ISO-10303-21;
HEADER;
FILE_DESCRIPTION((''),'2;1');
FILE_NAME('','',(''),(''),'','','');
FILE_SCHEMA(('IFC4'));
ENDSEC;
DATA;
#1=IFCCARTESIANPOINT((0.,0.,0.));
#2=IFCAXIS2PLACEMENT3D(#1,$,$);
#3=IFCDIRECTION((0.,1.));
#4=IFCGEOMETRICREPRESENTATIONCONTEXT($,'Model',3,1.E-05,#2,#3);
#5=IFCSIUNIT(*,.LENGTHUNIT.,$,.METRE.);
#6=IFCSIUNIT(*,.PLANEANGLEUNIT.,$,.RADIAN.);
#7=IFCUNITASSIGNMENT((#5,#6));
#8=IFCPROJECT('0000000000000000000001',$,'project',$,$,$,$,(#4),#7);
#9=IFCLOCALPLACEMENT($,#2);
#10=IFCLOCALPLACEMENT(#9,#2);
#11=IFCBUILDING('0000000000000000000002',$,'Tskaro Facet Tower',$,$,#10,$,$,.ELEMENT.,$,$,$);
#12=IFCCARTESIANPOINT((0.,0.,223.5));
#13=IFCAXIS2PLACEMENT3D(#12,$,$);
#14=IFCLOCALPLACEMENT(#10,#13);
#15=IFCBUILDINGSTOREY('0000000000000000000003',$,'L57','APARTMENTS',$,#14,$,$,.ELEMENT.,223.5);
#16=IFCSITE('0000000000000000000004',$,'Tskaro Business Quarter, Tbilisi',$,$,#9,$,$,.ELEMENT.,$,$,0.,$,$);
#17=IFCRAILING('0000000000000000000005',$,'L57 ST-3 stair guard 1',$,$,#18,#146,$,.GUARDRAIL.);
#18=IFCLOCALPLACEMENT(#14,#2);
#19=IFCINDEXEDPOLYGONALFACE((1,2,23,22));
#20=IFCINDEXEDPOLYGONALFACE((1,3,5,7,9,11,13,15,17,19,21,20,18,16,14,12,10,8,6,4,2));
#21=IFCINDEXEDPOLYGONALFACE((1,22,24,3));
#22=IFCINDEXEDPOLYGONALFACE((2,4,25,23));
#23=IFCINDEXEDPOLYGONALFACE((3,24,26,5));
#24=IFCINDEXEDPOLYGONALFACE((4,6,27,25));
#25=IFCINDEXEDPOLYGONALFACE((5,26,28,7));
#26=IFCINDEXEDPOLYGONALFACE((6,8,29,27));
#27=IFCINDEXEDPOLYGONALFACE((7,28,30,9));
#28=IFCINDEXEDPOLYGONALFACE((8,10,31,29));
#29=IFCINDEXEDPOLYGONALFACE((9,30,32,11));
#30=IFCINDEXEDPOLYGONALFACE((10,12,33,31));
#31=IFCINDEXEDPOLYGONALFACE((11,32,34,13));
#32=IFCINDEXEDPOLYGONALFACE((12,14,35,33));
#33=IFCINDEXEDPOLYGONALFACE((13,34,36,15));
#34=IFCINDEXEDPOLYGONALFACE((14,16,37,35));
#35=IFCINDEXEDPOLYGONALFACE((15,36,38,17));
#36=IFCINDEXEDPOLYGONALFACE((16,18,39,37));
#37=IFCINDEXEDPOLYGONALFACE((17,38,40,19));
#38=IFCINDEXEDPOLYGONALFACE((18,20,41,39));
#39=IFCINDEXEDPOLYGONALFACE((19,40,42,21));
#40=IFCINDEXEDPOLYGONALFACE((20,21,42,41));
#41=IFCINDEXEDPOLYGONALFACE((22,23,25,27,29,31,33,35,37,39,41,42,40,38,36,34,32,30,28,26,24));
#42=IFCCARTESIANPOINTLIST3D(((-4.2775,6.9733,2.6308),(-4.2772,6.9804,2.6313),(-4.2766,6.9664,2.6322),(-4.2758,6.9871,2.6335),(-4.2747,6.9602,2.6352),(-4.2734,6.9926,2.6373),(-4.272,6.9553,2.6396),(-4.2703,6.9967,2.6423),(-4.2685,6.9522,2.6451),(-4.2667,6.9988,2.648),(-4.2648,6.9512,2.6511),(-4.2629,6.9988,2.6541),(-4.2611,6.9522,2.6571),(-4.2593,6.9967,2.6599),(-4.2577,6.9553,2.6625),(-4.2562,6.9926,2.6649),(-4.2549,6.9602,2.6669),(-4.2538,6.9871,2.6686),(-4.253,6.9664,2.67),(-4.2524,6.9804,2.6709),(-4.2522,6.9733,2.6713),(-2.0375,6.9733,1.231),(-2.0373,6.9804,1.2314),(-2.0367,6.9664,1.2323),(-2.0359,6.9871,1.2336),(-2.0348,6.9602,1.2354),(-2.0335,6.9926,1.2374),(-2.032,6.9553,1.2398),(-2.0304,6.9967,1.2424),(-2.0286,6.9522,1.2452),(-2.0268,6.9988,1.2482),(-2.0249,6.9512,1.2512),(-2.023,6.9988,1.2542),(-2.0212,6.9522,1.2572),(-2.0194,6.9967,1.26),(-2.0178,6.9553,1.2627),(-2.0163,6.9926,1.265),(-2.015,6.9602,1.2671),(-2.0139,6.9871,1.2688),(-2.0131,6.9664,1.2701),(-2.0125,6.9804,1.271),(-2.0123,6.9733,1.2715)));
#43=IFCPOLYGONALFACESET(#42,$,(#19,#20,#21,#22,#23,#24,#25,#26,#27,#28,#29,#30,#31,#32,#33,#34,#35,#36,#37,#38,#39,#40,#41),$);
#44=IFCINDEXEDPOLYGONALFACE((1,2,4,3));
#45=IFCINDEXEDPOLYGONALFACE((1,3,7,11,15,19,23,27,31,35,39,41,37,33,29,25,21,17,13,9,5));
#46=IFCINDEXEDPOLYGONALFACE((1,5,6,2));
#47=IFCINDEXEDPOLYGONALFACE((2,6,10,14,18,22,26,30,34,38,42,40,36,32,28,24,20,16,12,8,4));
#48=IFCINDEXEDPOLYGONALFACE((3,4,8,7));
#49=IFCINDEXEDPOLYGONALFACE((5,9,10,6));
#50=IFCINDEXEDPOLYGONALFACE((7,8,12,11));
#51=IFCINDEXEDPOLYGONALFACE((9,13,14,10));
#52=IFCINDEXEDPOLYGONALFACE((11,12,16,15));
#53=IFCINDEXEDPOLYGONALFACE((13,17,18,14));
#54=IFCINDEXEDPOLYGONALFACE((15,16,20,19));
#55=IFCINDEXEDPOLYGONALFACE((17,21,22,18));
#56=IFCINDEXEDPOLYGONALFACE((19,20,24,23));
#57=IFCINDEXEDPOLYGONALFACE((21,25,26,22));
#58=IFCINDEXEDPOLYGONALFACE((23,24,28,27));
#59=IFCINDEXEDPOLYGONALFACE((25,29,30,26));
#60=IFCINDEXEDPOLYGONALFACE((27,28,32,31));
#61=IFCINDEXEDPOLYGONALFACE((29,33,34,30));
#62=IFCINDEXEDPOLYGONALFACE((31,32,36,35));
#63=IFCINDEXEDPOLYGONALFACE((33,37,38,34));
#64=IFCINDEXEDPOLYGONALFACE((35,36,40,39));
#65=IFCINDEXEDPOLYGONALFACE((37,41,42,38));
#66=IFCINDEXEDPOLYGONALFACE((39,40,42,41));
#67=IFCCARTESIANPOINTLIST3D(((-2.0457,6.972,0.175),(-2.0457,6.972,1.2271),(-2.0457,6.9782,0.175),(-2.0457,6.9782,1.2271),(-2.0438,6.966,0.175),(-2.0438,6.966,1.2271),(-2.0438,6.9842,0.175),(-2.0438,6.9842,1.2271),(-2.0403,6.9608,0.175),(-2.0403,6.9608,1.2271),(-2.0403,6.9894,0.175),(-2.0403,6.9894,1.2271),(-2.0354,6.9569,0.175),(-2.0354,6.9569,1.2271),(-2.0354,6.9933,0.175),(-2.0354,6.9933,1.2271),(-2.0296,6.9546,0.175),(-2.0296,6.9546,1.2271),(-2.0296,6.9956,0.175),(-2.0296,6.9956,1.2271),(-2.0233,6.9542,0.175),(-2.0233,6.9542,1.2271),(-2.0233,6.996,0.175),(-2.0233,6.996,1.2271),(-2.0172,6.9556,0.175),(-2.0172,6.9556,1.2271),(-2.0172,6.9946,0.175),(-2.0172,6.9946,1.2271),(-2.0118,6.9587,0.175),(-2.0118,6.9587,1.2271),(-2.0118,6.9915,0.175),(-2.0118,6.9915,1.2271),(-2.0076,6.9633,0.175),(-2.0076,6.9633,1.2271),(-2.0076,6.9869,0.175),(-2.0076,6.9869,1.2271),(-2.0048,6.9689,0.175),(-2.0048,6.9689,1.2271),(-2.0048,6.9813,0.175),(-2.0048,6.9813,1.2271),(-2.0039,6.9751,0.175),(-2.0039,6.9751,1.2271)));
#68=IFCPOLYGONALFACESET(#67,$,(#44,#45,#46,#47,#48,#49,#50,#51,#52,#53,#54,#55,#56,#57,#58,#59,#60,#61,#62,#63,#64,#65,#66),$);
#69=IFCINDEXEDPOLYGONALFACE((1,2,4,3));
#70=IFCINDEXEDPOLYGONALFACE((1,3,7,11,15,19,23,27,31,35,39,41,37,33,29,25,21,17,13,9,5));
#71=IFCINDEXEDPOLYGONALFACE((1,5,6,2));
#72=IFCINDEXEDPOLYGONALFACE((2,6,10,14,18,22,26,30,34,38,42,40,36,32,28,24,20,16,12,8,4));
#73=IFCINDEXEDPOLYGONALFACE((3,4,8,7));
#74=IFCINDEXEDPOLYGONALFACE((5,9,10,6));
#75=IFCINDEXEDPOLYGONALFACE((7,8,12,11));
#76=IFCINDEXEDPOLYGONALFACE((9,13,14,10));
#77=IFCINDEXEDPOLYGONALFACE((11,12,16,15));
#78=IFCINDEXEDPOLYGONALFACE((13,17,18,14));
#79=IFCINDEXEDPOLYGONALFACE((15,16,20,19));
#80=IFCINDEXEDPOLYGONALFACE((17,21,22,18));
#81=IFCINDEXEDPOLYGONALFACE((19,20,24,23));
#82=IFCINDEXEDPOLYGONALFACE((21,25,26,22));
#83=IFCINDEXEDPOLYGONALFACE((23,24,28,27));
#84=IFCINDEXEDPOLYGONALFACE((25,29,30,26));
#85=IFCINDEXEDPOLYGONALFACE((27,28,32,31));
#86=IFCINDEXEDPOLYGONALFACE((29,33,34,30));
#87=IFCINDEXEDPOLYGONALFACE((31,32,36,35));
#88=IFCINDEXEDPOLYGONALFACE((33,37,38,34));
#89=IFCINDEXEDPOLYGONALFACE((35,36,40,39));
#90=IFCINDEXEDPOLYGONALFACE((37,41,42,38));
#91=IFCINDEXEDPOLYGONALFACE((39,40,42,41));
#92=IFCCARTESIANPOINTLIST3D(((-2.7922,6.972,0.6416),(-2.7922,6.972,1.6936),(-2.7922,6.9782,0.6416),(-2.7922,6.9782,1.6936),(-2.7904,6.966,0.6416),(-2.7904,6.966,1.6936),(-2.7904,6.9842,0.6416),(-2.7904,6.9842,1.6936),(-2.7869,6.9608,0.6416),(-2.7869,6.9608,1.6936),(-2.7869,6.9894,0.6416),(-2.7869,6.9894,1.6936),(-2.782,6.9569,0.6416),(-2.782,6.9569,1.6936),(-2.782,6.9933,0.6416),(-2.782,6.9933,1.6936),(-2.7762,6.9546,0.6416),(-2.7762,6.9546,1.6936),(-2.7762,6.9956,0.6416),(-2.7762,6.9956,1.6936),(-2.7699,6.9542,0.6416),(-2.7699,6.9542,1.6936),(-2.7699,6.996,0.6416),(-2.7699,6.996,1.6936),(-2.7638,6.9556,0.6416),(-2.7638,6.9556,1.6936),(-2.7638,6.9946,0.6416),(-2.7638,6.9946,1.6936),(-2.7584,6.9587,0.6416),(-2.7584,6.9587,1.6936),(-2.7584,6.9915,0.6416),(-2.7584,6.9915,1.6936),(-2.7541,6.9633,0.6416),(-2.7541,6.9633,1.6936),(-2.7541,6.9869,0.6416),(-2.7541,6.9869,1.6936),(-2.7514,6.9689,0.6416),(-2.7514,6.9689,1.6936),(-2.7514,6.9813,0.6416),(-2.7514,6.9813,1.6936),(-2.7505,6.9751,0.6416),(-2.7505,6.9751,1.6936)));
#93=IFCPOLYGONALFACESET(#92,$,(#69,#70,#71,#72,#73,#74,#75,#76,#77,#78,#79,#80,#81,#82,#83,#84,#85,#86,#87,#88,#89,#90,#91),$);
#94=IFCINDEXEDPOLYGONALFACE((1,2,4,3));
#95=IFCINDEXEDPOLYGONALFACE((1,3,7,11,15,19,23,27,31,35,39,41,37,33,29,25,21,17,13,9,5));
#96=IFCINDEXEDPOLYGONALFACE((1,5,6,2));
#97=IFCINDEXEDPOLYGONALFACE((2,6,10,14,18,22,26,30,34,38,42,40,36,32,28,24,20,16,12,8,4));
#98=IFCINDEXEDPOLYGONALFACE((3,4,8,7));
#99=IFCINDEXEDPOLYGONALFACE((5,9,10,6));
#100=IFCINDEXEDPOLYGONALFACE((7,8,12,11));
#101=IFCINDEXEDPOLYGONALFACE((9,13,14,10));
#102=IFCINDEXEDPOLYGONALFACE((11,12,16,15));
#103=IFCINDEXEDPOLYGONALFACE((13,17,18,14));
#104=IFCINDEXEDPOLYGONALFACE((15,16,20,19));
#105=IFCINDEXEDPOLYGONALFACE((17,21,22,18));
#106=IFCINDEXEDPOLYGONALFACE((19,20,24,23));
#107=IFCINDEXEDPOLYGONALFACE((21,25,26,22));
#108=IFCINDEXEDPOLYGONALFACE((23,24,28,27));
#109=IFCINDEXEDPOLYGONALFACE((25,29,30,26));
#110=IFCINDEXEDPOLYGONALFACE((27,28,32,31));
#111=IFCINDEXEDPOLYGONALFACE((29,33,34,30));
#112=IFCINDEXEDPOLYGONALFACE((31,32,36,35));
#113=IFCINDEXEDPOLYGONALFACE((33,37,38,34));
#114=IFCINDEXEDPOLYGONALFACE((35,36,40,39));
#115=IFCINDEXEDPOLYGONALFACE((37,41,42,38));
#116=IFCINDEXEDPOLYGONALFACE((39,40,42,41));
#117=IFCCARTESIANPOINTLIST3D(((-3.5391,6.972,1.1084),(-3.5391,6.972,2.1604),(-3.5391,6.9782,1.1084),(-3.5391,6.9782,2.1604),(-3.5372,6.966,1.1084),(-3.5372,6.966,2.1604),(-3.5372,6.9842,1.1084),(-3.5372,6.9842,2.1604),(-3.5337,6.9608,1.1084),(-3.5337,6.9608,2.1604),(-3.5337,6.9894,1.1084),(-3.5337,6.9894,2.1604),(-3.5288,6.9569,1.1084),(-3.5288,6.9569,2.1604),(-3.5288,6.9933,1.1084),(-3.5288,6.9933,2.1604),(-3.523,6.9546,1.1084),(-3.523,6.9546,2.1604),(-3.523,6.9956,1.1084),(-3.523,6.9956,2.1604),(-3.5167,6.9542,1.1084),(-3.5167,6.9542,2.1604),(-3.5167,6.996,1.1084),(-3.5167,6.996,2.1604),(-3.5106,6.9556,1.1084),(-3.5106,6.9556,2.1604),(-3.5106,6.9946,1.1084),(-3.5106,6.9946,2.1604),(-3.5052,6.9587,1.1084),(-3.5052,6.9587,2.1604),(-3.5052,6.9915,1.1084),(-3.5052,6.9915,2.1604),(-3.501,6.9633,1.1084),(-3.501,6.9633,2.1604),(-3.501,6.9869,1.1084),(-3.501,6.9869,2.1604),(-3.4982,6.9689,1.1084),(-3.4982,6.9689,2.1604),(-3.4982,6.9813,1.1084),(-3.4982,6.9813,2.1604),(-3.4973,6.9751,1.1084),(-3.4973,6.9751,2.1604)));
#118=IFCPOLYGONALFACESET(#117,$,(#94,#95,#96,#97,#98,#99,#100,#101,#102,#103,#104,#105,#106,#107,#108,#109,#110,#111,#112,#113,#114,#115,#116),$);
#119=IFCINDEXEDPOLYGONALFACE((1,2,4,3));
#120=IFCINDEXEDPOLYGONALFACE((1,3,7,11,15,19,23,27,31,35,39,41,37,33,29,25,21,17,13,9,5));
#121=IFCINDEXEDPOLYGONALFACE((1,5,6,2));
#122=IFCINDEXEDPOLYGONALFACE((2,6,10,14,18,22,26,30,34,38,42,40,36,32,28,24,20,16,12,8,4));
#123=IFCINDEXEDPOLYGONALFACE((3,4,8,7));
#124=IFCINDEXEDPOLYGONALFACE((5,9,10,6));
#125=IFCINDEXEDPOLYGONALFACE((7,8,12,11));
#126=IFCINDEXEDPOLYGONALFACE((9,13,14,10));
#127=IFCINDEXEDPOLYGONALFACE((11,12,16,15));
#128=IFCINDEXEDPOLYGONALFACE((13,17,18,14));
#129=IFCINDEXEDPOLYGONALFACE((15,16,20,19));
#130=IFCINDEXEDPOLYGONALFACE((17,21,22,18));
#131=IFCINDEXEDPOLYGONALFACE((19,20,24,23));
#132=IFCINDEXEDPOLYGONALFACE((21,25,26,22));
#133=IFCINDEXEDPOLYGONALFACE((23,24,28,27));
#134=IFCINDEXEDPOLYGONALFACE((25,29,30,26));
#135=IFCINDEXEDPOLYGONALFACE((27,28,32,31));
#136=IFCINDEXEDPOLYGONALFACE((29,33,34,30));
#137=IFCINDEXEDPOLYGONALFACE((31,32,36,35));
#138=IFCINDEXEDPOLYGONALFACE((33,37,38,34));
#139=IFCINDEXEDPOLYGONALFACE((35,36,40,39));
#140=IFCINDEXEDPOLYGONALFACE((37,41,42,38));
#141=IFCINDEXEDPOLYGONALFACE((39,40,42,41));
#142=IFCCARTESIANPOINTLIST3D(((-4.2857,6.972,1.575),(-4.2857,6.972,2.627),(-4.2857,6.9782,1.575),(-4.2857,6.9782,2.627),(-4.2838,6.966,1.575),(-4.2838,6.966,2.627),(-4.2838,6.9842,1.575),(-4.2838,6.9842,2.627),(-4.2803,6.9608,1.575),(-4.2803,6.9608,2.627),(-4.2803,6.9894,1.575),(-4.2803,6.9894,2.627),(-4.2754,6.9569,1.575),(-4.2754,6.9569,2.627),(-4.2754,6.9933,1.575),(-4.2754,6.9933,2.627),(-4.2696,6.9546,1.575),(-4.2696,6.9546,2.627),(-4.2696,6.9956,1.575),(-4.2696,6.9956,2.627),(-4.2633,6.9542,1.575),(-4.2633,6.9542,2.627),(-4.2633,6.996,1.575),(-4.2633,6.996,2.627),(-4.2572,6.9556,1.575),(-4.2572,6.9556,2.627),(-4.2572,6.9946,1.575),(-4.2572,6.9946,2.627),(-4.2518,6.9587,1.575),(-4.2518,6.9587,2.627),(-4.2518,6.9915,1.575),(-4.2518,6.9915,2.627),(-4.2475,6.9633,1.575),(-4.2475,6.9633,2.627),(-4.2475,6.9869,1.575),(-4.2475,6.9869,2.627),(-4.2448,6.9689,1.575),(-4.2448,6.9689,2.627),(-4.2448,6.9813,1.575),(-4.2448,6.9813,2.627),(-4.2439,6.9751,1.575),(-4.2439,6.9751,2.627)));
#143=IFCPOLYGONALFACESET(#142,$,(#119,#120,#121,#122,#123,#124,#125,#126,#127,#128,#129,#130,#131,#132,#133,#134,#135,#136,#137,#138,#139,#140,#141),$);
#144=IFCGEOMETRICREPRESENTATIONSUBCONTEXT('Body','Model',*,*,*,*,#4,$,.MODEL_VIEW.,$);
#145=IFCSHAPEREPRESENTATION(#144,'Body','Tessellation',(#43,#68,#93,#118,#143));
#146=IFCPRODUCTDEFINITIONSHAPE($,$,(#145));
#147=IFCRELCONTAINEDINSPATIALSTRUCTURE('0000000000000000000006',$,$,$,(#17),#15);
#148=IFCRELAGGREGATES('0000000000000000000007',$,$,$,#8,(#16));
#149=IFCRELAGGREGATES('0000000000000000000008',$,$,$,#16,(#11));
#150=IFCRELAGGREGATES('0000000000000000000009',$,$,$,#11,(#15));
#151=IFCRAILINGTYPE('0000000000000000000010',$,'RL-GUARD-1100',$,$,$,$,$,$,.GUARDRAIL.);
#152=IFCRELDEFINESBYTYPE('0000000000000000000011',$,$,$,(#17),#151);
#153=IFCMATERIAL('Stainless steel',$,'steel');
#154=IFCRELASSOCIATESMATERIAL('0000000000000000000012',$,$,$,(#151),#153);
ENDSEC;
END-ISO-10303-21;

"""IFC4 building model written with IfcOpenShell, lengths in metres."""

from ifc_helpers import new_model, si_unit, direction, frame, origin, origin_2d, place, context, subcontext, project, spatial, circle, extrude, material, type_object, element, save


model = new_model("IFC4")

# Units and contexts
model_context = context("Model", 3, precision=1e-05, world=origin(), true_north=direction((0.0, 1.0)))
body_context = subcontext(model_context, "Body", "Model", "MODEL_VIEW")
ifc_project = project(units=[si_unit("LENGTHUNIT", "METRE"), si_unit("PLANEANGLEUNIT", "RADIAN")], contexts=[model_context])

# Site, building, storey
site_placement = place(None, origin())
site = spatial("IfcSite", under=ifc_project, at=site_placement, Name="Tskaro Business Quarter, Tbilisi", CompositionType="ELEMENT", RefElevation=0.0)
building_placement = place(site_placement, origin())
building = spatial("IfcBuilding", under=site, at=building_placement, Name="Tskaro Facet Tower", CompositionType="ELEMENT")
storey_placement = place(building_placement, frame((0.0, 0.0, 223.5)))
storey = spatial("IfcBuildingStorey", under=building, at=storey_placement, Name="L57", Description="APARTMENTS", CompositionType="ELEMENT", Elevation=223.5)

# Railing
ifc_material_1 = material(Name="Stainless steel", Category="steel")
railing_type_1 = type_object("IfcRailingType", Name="RL-GUARD-1100", PredefinedType="GUARDRAIL", material=ifc_material_1)
railing_1_placement = place(storey_placement, frame((-2.0249, 6.9751, 0.175)))
element("IfcRailing", 1, at=railing_1_placement, inside=storey, type_object=railing_type_1, Name="L57 ST-3 stair guard 1", PredefinedType="GUARDRAIL", context=body_context, shape_type="SweptSolid", body=[
    extrude(circle(Radius=0.0239, at=origin_2d()), frame((0.0, 0.0, 1.0762), z_axis=(-0.848014, 0.0, 0.529974), x_axis=(0.0, -1.0, 0.0)), (0.0, 0.0, 1.0), 2.6414),
    extrude(circle(Radius=0.021, at=origin_2d()), origin(), (0.0, 0.0, 1.0), 1.052),
    extrude(circle(Radius=0.021, at=origin_2d()), frame((-0.7466, 0.0, 0.4666)), (0.0, 0.0, 1.0), 1.052),
    extrude(circle(Radius=0.021, at=origin_2d()), frame((-1.4934, 0.0, 0.9333)), (0.0, 0.0, 1.0), 1.052),
    extrude(circle(Radius=0.021, at=origin_2d()), frame((-2.24, 0.0, 1.3999)), (0.0, 0.0, 1.0), 1.052),
])

save(model, "model.ifc")
